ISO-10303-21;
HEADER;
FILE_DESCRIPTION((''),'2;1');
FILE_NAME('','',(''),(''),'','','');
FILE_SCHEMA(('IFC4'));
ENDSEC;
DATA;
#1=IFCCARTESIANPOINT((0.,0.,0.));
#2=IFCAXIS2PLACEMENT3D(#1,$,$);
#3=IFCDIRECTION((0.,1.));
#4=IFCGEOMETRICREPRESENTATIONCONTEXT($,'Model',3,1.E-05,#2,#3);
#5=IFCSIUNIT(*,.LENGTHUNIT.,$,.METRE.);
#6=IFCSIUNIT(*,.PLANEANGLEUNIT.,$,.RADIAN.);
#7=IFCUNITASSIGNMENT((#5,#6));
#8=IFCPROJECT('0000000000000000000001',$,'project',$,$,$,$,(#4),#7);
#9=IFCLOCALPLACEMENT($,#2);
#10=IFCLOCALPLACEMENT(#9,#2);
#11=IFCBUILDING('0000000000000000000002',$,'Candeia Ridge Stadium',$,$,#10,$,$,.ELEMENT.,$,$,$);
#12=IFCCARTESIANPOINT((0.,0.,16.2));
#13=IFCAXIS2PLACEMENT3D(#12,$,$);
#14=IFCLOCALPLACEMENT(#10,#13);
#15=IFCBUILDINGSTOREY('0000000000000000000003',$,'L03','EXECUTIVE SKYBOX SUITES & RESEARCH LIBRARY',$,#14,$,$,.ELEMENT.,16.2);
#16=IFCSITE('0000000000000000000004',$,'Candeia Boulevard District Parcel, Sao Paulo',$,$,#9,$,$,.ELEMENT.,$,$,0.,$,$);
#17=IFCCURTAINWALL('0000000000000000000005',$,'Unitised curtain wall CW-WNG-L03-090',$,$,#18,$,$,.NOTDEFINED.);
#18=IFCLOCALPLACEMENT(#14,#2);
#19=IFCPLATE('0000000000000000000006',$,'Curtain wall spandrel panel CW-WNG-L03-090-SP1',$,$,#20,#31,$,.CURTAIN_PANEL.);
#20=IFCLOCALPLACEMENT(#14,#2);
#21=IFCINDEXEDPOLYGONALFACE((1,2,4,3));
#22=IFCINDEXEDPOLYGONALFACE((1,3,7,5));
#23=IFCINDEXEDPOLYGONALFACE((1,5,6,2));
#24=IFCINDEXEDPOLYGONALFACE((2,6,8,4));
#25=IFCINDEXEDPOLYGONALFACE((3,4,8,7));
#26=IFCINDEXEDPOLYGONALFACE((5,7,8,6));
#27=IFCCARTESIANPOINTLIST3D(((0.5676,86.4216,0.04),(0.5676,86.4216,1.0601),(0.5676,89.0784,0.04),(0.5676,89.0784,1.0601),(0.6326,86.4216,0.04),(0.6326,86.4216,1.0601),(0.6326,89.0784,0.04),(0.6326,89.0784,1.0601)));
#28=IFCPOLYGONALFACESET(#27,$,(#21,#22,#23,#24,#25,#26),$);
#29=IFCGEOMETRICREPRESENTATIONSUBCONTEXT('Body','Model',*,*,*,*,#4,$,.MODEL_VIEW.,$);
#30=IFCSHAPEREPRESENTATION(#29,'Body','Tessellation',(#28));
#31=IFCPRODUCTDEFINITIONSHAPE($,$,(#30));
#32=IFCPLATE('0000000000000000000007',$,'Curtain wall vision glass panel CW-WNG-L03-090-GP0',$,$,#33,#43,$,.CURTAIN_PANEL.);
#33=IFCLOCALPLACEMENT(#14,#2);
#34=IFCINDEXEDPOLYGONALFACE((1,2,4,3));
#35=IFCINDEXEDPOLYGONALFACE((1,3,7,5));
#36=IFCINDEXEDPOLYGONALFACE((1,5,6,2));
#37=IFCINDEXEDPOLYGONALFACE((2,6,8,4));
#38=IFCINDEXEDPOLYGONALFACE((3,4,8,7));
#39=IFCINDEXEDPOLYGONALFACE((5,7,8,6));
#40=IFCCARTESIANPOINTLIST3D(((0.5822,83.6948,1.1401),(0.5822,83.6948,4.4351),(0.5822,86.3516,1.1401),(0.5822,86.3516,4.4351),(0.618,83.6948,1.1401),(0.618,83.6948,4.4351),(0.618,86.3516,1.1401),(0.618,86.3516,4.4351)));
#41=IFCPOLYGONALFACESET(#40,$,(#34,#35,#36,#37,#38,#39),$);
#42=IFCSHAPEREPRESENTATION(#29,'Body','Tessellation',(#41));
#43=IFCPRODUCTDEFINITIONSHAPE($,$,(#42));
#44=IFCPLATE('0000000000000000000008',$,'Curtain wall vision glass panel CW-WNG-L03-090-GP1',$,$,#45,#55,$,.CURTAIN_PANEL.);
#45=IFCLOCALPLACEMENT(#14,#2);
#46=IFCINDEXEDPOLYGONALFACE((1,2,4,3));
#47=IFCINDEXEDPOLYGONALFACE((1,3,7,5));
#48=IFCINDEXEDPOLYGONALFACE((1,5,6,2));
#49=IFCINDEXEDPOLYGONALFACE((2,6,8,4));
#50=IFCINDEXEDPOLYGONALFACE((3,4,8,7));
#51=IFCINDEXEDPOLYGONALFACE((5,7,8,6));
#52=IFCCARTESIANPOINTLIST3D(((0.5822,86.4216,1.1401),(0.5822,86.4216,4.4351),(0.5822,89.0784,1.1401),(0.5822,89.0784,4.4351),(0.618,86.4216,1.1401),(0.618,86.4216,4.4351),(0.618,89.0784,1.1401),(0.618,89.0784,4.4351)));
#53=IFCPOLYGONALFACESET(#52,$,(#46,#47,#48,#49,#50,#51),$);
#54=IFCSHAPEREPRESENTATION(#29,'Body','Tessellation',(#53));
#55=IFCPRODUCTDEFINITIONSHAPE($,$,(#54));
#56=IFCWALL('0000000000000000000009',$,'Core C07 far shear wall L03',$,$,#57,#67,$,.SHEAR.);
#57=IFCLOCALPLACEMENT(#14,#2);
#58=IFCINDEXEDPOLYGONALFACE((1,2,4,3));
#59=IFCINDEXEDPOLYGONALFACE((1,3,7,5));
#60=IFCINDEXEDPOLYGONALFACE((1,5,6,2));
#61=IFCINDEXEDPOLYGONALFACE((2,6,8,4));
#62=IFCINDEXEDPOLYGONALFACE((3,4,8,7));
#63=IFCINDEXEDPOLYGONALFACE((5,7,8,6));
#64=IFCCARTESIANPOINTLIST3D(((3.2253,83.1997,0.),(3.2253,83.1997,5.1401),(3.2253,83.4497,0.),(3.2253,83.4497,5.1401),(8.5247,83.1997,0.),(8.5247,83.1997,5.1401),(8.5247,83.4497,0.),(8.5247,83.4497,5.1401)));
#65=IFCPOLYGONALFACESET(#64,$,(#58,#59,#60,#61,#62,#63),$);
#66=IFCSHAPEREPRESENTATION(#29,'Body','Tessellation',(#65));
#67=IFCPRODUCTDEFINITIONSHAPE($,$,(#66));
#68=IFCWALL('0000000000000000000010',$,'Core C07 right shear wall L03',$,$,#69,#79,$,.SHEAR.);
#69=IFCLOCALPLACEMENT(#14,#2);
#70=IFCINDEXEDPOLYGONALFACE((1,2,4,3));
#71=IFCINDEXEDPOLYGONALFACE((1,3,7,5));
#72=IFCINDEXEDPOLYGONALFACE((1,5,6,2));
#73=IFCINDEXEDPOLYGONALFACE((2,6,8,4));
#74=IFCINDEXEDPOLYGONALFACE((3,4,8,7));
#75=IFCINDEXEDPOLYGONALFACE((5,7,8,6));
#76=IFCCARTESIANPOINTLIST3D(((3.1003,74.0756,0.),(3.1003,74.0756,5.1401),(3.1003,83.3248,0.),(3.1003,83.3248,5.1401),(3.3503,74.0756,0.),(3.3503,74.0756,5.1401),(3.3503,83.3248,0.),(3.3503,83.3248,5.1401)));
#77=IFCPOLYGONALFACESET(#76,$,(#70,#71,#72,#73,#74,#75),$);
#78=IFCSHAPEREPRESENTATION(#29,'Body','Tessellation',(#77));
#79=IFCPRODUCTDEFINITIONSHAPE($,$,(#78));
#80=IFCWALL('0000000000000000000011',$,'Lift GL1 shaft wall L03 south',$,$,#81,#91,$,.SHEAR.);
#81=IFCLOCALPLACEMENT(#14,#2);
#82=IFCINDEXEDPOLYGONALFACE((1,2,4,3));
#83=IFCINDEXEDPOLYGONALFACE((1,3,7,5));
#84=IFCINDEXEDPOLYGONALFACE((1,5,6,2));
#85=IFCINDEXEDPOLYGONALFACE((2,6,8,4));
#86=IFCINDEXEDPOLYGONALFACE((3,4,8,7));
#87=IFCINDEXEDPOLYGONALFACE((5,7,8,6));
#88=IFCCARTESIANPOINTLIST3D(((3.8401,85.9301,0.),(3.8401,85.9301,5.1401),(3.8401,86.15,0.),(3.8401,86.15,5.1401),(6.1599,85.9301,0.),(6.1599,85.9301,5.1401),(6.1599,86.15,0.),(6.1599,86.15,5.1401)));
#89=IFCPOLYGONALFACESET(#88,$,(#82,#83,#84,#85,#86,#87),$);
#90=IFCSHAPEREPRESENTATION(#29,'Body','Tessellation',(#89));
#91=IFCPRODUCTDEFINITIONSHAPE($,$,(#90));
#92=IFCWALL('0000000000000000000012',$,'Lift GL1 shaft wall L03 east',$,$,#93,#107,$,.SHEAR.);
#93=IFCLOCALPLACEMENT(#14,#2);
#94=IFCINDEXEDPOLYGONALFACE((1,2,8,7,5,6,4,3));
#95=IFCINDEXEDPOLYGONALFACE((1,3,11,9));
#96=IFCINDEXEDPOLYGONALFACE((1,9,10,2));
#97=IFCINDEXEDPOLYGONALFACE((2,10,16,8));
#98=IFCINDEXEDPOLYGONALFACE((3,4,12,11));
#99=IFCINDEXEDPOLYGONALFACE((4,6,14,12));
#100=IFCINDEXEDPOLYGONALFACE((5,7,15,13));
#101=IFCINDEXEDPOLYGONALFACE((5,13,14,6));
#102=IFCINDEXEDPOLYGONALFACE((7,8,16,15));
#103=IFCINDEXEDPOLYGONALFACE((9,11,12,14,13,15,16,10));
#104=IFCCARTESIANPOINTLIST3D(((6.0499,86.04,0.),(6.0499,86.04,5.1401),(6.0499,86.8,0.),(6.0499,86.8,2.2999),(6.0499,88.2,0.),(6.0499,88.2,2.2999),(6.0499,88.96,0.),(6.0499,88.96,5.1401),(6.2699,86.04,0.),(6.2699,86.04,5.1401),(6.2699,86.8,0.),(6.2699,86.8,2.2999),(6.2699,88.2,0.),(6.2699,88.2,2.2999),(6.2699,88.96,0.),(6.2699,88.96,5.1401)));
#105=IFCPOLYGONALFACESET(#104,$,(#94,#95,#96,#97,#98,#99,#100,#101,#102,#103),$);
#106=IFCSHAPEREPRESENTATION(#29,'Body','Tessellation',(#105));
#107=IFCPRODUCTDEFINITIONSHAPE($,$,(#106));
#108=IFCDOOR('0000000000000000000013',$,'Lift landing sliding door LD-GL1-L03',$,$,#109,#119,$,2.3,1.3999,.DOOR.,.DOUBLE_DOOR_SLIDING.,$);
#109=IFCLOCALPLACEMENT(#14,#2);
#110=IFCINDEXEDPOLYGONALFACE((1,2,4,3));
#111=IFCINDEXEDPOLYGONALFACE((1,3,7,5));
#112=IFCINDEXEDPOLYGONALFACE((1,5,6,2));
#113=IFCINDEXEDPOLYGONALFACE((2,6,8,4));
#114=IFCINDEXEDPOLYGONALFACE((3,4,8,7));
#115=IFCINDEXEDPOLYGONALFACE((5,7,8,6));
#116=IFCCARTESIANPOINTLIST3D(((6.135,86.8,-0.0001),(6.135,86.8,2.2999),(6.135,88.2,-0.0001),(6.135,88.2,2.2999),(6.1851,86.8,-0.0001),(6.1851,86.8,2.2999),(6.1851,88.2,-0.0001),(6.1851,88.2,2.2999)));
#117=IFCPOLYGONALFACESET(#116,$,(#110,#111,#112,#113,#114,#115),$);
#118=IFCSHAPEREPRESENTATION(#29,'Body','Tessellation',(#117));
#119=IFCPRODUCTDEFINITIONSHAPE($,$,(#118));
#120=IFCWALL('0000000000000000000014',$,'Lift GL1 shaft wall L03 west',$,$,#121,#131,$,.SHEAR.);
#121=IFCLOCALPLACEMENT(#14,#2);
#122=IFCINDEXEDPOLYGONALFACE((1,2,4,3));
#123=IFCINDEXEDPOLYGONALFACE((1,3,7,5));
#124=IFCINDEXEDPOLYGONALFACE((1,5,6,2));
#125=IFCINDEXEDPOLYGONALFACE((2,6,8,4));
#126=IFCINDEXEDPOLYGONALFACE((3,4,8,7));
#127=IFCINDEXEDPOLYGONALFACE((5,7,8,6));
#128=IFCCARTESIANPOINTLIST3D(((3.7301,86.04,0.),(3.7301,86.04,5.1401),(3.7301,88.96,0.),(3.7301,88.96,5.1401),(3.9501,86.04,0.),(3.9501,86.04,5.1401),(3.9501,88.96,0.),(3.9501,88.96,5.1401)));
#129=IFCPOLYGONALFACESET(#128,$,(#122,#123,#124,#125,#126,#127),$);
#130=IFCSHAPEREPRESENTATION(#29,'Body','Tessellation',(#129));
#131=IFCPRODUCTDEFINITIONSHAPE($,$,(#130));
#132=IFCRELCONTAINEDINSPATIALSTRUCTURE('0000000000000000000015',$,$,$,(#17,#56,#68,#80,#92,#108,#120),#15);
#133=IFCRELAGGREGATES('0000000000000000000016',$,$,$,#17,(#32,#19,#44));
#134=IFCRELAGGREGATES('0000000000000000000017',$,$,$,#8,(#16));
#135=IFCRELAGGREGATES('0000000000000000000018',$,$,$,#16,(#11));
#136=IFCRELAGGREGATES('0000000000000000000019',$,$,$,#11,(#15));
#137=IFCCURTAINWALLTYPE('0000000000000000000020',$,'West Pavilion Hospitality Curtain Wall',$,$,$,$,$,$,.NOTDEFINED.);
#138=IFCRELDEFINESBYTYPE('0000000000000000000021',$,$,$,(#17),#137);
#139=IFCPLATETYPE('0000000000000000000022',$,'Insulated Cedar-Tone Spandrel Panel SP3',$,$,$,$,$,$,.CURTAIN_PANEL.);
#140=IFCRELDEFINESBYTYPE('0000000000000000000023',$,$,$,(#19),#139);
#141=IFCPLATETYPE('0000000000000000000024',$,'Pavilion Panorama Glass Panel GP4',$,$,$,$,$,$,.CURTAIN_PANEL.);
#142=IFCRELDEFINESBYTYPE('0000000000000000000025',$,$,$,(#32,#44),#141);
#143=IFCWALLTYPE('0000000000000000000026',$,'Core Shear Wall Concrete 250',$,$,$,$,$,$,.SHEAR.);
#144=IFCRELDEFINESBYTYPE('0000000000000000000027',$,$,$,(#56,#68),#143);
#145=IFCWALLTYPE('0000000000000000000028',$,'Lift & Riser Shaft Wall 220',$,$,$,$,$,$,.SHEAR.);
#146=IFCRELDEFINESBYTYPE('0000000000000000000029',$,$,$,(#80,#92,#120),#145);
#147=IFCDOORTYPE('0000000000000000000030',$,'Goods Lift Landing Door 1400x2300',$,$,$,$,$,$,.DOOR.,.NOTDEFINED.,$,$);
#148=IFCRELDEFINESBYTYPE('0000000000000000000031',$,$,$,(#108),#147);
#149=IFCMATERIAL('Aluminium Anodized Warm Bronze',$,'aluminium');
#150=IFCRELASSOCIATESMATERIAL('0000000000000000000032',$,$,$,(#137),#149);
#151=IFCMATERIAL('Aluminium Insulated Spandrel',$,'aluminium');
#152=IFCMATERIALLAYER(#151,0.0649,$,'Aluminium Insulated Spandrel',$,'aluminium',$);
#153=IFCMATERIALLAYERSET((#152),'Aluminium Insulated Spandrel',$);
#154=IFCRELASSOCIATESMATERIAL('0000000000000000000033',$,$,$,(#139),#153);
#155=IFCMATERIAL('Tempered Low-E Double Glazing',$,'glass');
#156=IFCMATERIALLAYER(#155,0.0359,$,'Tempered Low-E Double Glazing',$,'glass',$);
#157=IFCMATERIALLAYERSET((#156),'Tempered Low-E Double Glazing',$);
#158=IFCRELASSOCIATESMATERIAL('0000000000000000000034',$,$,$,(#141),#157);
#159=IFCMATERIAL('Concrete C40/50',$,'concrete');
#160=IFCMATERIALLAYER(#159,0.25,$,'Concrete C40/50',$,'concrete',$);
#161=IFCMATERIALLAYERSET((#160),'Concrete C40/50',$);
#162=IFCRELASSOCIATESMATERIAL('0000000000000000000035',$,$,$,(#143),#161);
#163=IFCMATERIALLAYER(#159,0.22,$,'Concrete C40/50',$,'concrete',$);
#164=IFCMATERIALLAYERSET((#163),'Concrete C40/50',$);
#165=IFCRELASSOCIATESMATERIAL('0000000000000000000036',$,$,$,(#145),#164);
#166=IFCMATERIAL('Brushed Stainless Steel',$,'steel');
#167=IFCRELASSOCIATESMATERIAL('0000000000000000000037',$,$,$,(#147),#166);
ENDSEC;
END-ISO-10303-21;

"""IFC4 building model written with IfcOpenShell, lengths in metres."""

from ifc_helpers import new_model, si_unit, direction, frame, frame_2d, origin, origin_2d, place, context, subcontext, project, spatial, rectangle, extrude, material, layer, layer_set, type_object, element, fill, aggregate, save


model = new_model("IFC4")

# Units and contexts
model_context = context("Model", 3, precision=1e-05, world=origin(), true_north=direction((0.0, 1.0)))
body_context = subcontext(model_context, "Body", "Model", "MODEL_VIEW")
ifc_project = project(units=[si_unit("LENGTHUNIT", "METRE"), si_unit("PLANEANGLEUNIT", "RADIAN")], contexts=[model_context])

# Site, building, storey
site_placement = place(None, origin())
site = spatial("IfcSite", under=ifc_project, at=site_placement, Name="Candeia Boulevard District Parcel, Sao Paulo", CompositionType="ELEMENT", RefElevation=0.0)
building_placement = place(site_placement, origin())
building = spatial("IfcBuilding", under=site, at=building_placement, Name="Candeia Ridge Stadium", CompositionType="ELEMENT")
storey_placement = place(building_placement, frame((0.0, 0.0, 16.2)))
storey = spatial("IfcBuildingStorey", under=building, at=storey_placement, Name="L03", Description="EXECUTIVE SKYBOX SUITES & RESEARCH LIBRARY", CompositionType="ELEMENT", Elevation=16.2)

# Shared definitions
ifc_material_1 = material(Name="Concrete C40/50", Category="concrete")

# Curtain wall
ifc_material_2 = material(Name="Aluminium Anodized Warm Bronze", Category="aluminium")
curtain_wall_type = type_object("IfcCurtainWallType", Name="West Pavilion Hospitality Curtain Wall", PredefinedType="NOTDEFINED", material=ifc_material_2)
curtain_wall_placement = place(storey_placement, origin())
curtain_wall = element("IfcCurtainWall", 1, at=curtain_wall_placement, inside=storey, type_object=curtain_wall_type, Name="Unitised curtain wall CW-WNG-L03-090", PredefinedType="NOTDEFINED")

# Plates
ifc_material_3 = material(Name="Aluminium Insulated Spandrel", Category="aluminium")
ifc_layer_1 = layer(ifc_material_3, 0.0649, Name="Aluminium Insulated Spandrel", Category="aluminium")
ifc_layer_set_1 = layer_set([ifc_layer_1], Name="Aluminium Insulated Spandrel")
plate_type_1 = type_object("IfcPlateType", Name="Insulated Cedar-Tone Spandrel Panel SP3", PredefinedType="CURTAIN_PANEL", material=ifc_layer_set_1)
plate_1_placement = place(storey_placement, frame((0.6001, 87.75, 0.04), z_axis=(0.0, 0.0, 1.0), x_axis=(0.0, 1.0, 0.0)))
plate_1 = element("IfcPlate", 2, at=plate_1_placement, type_object=plate_type_1, Name="Curtain wall spandrel panel CW-WNG-L03-090-SP1", PredefinedType="CURTAIN_PANEL", context=body_context, shape_type="SweptSolid", body=[
    extrude(rectangle(XDim=2.6567, YDim=0.0649, at=origin_2d()), origin(), (0.0, 0.0, 1.0), 1.02),
])
ifc_material_4 = material(Name="Tempered Low-E Double Glazing", Category="glass")
ifc_layer_2 = layer(ifc_material_4, 0.0359, Name="Tempered Low-E Double Glazing", Category="glass")
ifc_layer_set_2 = layer_set([ifc_layer_2], Name="Tempered Low-E Double Glazing")
plate_type_2 = type_object("IfcPlateType", Name="Pavilion Panorama Glass Panel GP4", PredefinedType="CURTAIN_PANEL", material=ifc_layer_set_2)
plate_2_placement = place(storey_placement, frame((0.6001, 85.0232, 1.1401), z_axis=(0.0, 0.0, 1.0), x_axis=(0.0, 1.0, 0.0)))
plate_2 = element("IfcPlate", 3, at=plate_2_placement, type_object=plate_type_2, Name="Curtain wall vision glass panel CW-WNG-L03-090-GP0", PredefinedType="CURTAIN_PANEL", context=body_context, shape_type="SweptSolid", body=[
    extrude(rectangle(XDim=2.6567, YDim=0.0359, at=origin_2d()), origin(), (0.0, 0.0, 1.0), 3.2949),
])
plate_3_placement = place(storey_placement, frame((0.6001, 87.75, 1.1401), z_axis=(0.0, 0.0, 1.0), x_axis=(0.0, 1.0, 0.0)))
plate_3 = element("IfcPlate", 4, at=plate_3_placement, type_object=plate_type_2, Name="Curtain wall vision glass panel CW-WNG-L03-090-GP1", PredefinedType="CURTAIN_PANEL", context=body_context, shape_type="SweptSolid", body=[
    extrude(rectangle(XDim=2.6567, YDim=0.0359, at=origin_2d()), origin(), (0.0, 0.0, 1.0), 3.2949),
])
aggregate(curtain_wall, [plate_2, plate_1, plate_3])

# Walls
ifc_layer_3 = layer(ifc_material_1, 0.25, Name="Concrete C40/50", Category="concrete")
ifc_layer_set_3 = layer_set([ifc_layer_3], Name="Concrete C40/50")
wall_type_1 = type_object("IfcWallType", Name="Core Shear Wall Concrete 250", PredefinedType="SHEAR", material=ifc_layer_set_3)
wall_1_placement = place(storey_placement, frame((8.5247, 83.3247, 0.0), z_axis=(0.0, 0.0, 1.0), x_axis=(-1.0, 0.0, 0.0)))
element("IfcWall", 5, at=wall_1_placement, inside=storey, type_object=wall_type_1, Name="Core C07 far shear wall L03", PredefinedType="SHEAR", context=body_context, shape_type="SweptSolid", body=[
    extrude(rectangle(XDim=5.2993, YDim=0.25, at=frame_2d((2.6497, 0.0))), origin(), (0.0, 0.0, 1.0), 5.1401),
])
wall_2_placement = place(storey_placement, frame((3.2253, 83.3247, 0.0), z_axis=(0.0, 0.0, 1.0), x_axis=(0.0, -1.0, 0.0)))
element("IfcWall", 6, at=wall_2_placement, inside=storey, type_object=wall_type_1, Name="Core C07 right shear wall L03", PredefinedType="SHEAR", context=body_context, shape_type="SweptSolid", body=[
    extrude(rectangle(XDim=9.2493, YDim=0.25, at=frame_2d((4.6245, 0.0))), origin(), (0.0, 0.0, 1.0), 5.1401),
])
ifc_layer_4 = layer(ifc_material_1, 0.22, Name="Concrete C40/50", Category="concrete")
ifc_layer_set_4 = layer_set([ifc_layer_4], Name="Concrete C40/50")
wall_type_2 = type_object("IfcWallType", Name="Lift & Riser Shaft Wall 220", PredefinedType="SHEAR", material=ifc_layer_set_4)
wall_3_placement = place(storey_placement, frame((3.8401, 86.04, 0.0), z_axis=(0.0, 0.0, 1.0), x_axis=(1.0, 0.0, 0.0)))
element("IfcWall", 7, at=wall_3_placement, inside=storey, type_object=wall_type_2, Name="Lift GL1 shaft wall L03 south", PredefinedType="SHEAR", context=body_context, shape_type="SweptSolid", body=[
    extrude(rectangle(XDim=2.3198, YDim=0.22, at=frame_2d((1.1599, 0.0))), origin(), (0.0, 0.0, 1.0), 5.1401),
])

# Wall, opening, door
wall_4_placement = place(storey_placement, frame((6.1599, 86.04, 0.0), z_axis=(0.0, 0.0, 1.0), x_axis=(0.0, 1.0, 0.0)))
wall_4 = element("IfcWall", 8, at=wall_4_placement, inside=storey, type_object=wall_type_2, Name="Lift GL1 shaft wall L03 east", PredefinedType="SHEAR", context=body_context, shape_type="SweptSolid", body=[
    extrude(rectangle(XDim=2.9199, YDim=0.22, at=frame_2d((1.46, 0.0))), origin(), (0.0, 0.0, 1.0), 5.1401),
])
opening_placement = place(wall_4_placement, frame((0.76, 0.0, 0.0)))
opening = element("IfcOpeningElement", 9, at=opening_placement, cuts=wall_4, PredefinedType="OPENING", context=body_context, shape_type="SweptSolid", body=[
    extrude(rectangle(XDim=1.3999, YDim=2.3, at=frame_2d((0.7, 1.1499))), frame((0.0, 0.1199, 0.0), z_axis=(0.0, -1.0, 0.0), x_axis=(1.0, 0.0, 0.0)), (0.0, 0.0, 1.0), 0.24),
])
ifc_material_5 = material(Name="Brushed Stainless Steel", Category="steel")
door_type = type_object("IfcDoorType", Name="Goods Lift Landing Door 1400x2300", OperationType="NOTDEFINED", PredefinedType="DOOR", material=ifc_material_5)
door_placement = place(opening_placement, origin())
door = element("IfcDoor", 10, at=door_placement, inside=storey, type_object=door_type, Name="Lift landing sliding door LD-GL1-L03", OperationType="DOUBLE_DOOR_SLIDING", OverallHeight=2.3, OverallWidth=1.3999, PredefinedType="DOOR", context=body_context, shape_type="SweptSolid", body=[
    extrude(rectangle(XDim=1.3999, YDim=2.3, at=frame_2d((0.7, 1.1499))), frame((0.0, 0.0249, 0.0), z_axis=(0.0, -1.0, 0.0), x_axis=(1.0, 0.0, 0.0)), (0.0, 0.0, 1.0), 0.05),
])
fill(opening, door)

# Wall
wall_5_placement = place(storey_placement, frame((3.8401, 88.96, 0.0), z_axis=(0.0, 0.0, 1.0), x_axis=(0.0, -1.0, 0.0)))
element("IfcWall", 11, at=wall_5_placement, inside=storey, type_object=wall_type_2, Name="Lift GL1 shaft wall L03 west", PredefinedType="SHEAR", context=body_context, shape_type="SweptSolid", body=[
    extrude(rectangle(XDim=2.9199, YDim=0.22, at=frame_2d((1.46, 0.0))), origin(), (0.0, 0.0, 1.0), 5.1401),
])

save(model, "model.ifc")
